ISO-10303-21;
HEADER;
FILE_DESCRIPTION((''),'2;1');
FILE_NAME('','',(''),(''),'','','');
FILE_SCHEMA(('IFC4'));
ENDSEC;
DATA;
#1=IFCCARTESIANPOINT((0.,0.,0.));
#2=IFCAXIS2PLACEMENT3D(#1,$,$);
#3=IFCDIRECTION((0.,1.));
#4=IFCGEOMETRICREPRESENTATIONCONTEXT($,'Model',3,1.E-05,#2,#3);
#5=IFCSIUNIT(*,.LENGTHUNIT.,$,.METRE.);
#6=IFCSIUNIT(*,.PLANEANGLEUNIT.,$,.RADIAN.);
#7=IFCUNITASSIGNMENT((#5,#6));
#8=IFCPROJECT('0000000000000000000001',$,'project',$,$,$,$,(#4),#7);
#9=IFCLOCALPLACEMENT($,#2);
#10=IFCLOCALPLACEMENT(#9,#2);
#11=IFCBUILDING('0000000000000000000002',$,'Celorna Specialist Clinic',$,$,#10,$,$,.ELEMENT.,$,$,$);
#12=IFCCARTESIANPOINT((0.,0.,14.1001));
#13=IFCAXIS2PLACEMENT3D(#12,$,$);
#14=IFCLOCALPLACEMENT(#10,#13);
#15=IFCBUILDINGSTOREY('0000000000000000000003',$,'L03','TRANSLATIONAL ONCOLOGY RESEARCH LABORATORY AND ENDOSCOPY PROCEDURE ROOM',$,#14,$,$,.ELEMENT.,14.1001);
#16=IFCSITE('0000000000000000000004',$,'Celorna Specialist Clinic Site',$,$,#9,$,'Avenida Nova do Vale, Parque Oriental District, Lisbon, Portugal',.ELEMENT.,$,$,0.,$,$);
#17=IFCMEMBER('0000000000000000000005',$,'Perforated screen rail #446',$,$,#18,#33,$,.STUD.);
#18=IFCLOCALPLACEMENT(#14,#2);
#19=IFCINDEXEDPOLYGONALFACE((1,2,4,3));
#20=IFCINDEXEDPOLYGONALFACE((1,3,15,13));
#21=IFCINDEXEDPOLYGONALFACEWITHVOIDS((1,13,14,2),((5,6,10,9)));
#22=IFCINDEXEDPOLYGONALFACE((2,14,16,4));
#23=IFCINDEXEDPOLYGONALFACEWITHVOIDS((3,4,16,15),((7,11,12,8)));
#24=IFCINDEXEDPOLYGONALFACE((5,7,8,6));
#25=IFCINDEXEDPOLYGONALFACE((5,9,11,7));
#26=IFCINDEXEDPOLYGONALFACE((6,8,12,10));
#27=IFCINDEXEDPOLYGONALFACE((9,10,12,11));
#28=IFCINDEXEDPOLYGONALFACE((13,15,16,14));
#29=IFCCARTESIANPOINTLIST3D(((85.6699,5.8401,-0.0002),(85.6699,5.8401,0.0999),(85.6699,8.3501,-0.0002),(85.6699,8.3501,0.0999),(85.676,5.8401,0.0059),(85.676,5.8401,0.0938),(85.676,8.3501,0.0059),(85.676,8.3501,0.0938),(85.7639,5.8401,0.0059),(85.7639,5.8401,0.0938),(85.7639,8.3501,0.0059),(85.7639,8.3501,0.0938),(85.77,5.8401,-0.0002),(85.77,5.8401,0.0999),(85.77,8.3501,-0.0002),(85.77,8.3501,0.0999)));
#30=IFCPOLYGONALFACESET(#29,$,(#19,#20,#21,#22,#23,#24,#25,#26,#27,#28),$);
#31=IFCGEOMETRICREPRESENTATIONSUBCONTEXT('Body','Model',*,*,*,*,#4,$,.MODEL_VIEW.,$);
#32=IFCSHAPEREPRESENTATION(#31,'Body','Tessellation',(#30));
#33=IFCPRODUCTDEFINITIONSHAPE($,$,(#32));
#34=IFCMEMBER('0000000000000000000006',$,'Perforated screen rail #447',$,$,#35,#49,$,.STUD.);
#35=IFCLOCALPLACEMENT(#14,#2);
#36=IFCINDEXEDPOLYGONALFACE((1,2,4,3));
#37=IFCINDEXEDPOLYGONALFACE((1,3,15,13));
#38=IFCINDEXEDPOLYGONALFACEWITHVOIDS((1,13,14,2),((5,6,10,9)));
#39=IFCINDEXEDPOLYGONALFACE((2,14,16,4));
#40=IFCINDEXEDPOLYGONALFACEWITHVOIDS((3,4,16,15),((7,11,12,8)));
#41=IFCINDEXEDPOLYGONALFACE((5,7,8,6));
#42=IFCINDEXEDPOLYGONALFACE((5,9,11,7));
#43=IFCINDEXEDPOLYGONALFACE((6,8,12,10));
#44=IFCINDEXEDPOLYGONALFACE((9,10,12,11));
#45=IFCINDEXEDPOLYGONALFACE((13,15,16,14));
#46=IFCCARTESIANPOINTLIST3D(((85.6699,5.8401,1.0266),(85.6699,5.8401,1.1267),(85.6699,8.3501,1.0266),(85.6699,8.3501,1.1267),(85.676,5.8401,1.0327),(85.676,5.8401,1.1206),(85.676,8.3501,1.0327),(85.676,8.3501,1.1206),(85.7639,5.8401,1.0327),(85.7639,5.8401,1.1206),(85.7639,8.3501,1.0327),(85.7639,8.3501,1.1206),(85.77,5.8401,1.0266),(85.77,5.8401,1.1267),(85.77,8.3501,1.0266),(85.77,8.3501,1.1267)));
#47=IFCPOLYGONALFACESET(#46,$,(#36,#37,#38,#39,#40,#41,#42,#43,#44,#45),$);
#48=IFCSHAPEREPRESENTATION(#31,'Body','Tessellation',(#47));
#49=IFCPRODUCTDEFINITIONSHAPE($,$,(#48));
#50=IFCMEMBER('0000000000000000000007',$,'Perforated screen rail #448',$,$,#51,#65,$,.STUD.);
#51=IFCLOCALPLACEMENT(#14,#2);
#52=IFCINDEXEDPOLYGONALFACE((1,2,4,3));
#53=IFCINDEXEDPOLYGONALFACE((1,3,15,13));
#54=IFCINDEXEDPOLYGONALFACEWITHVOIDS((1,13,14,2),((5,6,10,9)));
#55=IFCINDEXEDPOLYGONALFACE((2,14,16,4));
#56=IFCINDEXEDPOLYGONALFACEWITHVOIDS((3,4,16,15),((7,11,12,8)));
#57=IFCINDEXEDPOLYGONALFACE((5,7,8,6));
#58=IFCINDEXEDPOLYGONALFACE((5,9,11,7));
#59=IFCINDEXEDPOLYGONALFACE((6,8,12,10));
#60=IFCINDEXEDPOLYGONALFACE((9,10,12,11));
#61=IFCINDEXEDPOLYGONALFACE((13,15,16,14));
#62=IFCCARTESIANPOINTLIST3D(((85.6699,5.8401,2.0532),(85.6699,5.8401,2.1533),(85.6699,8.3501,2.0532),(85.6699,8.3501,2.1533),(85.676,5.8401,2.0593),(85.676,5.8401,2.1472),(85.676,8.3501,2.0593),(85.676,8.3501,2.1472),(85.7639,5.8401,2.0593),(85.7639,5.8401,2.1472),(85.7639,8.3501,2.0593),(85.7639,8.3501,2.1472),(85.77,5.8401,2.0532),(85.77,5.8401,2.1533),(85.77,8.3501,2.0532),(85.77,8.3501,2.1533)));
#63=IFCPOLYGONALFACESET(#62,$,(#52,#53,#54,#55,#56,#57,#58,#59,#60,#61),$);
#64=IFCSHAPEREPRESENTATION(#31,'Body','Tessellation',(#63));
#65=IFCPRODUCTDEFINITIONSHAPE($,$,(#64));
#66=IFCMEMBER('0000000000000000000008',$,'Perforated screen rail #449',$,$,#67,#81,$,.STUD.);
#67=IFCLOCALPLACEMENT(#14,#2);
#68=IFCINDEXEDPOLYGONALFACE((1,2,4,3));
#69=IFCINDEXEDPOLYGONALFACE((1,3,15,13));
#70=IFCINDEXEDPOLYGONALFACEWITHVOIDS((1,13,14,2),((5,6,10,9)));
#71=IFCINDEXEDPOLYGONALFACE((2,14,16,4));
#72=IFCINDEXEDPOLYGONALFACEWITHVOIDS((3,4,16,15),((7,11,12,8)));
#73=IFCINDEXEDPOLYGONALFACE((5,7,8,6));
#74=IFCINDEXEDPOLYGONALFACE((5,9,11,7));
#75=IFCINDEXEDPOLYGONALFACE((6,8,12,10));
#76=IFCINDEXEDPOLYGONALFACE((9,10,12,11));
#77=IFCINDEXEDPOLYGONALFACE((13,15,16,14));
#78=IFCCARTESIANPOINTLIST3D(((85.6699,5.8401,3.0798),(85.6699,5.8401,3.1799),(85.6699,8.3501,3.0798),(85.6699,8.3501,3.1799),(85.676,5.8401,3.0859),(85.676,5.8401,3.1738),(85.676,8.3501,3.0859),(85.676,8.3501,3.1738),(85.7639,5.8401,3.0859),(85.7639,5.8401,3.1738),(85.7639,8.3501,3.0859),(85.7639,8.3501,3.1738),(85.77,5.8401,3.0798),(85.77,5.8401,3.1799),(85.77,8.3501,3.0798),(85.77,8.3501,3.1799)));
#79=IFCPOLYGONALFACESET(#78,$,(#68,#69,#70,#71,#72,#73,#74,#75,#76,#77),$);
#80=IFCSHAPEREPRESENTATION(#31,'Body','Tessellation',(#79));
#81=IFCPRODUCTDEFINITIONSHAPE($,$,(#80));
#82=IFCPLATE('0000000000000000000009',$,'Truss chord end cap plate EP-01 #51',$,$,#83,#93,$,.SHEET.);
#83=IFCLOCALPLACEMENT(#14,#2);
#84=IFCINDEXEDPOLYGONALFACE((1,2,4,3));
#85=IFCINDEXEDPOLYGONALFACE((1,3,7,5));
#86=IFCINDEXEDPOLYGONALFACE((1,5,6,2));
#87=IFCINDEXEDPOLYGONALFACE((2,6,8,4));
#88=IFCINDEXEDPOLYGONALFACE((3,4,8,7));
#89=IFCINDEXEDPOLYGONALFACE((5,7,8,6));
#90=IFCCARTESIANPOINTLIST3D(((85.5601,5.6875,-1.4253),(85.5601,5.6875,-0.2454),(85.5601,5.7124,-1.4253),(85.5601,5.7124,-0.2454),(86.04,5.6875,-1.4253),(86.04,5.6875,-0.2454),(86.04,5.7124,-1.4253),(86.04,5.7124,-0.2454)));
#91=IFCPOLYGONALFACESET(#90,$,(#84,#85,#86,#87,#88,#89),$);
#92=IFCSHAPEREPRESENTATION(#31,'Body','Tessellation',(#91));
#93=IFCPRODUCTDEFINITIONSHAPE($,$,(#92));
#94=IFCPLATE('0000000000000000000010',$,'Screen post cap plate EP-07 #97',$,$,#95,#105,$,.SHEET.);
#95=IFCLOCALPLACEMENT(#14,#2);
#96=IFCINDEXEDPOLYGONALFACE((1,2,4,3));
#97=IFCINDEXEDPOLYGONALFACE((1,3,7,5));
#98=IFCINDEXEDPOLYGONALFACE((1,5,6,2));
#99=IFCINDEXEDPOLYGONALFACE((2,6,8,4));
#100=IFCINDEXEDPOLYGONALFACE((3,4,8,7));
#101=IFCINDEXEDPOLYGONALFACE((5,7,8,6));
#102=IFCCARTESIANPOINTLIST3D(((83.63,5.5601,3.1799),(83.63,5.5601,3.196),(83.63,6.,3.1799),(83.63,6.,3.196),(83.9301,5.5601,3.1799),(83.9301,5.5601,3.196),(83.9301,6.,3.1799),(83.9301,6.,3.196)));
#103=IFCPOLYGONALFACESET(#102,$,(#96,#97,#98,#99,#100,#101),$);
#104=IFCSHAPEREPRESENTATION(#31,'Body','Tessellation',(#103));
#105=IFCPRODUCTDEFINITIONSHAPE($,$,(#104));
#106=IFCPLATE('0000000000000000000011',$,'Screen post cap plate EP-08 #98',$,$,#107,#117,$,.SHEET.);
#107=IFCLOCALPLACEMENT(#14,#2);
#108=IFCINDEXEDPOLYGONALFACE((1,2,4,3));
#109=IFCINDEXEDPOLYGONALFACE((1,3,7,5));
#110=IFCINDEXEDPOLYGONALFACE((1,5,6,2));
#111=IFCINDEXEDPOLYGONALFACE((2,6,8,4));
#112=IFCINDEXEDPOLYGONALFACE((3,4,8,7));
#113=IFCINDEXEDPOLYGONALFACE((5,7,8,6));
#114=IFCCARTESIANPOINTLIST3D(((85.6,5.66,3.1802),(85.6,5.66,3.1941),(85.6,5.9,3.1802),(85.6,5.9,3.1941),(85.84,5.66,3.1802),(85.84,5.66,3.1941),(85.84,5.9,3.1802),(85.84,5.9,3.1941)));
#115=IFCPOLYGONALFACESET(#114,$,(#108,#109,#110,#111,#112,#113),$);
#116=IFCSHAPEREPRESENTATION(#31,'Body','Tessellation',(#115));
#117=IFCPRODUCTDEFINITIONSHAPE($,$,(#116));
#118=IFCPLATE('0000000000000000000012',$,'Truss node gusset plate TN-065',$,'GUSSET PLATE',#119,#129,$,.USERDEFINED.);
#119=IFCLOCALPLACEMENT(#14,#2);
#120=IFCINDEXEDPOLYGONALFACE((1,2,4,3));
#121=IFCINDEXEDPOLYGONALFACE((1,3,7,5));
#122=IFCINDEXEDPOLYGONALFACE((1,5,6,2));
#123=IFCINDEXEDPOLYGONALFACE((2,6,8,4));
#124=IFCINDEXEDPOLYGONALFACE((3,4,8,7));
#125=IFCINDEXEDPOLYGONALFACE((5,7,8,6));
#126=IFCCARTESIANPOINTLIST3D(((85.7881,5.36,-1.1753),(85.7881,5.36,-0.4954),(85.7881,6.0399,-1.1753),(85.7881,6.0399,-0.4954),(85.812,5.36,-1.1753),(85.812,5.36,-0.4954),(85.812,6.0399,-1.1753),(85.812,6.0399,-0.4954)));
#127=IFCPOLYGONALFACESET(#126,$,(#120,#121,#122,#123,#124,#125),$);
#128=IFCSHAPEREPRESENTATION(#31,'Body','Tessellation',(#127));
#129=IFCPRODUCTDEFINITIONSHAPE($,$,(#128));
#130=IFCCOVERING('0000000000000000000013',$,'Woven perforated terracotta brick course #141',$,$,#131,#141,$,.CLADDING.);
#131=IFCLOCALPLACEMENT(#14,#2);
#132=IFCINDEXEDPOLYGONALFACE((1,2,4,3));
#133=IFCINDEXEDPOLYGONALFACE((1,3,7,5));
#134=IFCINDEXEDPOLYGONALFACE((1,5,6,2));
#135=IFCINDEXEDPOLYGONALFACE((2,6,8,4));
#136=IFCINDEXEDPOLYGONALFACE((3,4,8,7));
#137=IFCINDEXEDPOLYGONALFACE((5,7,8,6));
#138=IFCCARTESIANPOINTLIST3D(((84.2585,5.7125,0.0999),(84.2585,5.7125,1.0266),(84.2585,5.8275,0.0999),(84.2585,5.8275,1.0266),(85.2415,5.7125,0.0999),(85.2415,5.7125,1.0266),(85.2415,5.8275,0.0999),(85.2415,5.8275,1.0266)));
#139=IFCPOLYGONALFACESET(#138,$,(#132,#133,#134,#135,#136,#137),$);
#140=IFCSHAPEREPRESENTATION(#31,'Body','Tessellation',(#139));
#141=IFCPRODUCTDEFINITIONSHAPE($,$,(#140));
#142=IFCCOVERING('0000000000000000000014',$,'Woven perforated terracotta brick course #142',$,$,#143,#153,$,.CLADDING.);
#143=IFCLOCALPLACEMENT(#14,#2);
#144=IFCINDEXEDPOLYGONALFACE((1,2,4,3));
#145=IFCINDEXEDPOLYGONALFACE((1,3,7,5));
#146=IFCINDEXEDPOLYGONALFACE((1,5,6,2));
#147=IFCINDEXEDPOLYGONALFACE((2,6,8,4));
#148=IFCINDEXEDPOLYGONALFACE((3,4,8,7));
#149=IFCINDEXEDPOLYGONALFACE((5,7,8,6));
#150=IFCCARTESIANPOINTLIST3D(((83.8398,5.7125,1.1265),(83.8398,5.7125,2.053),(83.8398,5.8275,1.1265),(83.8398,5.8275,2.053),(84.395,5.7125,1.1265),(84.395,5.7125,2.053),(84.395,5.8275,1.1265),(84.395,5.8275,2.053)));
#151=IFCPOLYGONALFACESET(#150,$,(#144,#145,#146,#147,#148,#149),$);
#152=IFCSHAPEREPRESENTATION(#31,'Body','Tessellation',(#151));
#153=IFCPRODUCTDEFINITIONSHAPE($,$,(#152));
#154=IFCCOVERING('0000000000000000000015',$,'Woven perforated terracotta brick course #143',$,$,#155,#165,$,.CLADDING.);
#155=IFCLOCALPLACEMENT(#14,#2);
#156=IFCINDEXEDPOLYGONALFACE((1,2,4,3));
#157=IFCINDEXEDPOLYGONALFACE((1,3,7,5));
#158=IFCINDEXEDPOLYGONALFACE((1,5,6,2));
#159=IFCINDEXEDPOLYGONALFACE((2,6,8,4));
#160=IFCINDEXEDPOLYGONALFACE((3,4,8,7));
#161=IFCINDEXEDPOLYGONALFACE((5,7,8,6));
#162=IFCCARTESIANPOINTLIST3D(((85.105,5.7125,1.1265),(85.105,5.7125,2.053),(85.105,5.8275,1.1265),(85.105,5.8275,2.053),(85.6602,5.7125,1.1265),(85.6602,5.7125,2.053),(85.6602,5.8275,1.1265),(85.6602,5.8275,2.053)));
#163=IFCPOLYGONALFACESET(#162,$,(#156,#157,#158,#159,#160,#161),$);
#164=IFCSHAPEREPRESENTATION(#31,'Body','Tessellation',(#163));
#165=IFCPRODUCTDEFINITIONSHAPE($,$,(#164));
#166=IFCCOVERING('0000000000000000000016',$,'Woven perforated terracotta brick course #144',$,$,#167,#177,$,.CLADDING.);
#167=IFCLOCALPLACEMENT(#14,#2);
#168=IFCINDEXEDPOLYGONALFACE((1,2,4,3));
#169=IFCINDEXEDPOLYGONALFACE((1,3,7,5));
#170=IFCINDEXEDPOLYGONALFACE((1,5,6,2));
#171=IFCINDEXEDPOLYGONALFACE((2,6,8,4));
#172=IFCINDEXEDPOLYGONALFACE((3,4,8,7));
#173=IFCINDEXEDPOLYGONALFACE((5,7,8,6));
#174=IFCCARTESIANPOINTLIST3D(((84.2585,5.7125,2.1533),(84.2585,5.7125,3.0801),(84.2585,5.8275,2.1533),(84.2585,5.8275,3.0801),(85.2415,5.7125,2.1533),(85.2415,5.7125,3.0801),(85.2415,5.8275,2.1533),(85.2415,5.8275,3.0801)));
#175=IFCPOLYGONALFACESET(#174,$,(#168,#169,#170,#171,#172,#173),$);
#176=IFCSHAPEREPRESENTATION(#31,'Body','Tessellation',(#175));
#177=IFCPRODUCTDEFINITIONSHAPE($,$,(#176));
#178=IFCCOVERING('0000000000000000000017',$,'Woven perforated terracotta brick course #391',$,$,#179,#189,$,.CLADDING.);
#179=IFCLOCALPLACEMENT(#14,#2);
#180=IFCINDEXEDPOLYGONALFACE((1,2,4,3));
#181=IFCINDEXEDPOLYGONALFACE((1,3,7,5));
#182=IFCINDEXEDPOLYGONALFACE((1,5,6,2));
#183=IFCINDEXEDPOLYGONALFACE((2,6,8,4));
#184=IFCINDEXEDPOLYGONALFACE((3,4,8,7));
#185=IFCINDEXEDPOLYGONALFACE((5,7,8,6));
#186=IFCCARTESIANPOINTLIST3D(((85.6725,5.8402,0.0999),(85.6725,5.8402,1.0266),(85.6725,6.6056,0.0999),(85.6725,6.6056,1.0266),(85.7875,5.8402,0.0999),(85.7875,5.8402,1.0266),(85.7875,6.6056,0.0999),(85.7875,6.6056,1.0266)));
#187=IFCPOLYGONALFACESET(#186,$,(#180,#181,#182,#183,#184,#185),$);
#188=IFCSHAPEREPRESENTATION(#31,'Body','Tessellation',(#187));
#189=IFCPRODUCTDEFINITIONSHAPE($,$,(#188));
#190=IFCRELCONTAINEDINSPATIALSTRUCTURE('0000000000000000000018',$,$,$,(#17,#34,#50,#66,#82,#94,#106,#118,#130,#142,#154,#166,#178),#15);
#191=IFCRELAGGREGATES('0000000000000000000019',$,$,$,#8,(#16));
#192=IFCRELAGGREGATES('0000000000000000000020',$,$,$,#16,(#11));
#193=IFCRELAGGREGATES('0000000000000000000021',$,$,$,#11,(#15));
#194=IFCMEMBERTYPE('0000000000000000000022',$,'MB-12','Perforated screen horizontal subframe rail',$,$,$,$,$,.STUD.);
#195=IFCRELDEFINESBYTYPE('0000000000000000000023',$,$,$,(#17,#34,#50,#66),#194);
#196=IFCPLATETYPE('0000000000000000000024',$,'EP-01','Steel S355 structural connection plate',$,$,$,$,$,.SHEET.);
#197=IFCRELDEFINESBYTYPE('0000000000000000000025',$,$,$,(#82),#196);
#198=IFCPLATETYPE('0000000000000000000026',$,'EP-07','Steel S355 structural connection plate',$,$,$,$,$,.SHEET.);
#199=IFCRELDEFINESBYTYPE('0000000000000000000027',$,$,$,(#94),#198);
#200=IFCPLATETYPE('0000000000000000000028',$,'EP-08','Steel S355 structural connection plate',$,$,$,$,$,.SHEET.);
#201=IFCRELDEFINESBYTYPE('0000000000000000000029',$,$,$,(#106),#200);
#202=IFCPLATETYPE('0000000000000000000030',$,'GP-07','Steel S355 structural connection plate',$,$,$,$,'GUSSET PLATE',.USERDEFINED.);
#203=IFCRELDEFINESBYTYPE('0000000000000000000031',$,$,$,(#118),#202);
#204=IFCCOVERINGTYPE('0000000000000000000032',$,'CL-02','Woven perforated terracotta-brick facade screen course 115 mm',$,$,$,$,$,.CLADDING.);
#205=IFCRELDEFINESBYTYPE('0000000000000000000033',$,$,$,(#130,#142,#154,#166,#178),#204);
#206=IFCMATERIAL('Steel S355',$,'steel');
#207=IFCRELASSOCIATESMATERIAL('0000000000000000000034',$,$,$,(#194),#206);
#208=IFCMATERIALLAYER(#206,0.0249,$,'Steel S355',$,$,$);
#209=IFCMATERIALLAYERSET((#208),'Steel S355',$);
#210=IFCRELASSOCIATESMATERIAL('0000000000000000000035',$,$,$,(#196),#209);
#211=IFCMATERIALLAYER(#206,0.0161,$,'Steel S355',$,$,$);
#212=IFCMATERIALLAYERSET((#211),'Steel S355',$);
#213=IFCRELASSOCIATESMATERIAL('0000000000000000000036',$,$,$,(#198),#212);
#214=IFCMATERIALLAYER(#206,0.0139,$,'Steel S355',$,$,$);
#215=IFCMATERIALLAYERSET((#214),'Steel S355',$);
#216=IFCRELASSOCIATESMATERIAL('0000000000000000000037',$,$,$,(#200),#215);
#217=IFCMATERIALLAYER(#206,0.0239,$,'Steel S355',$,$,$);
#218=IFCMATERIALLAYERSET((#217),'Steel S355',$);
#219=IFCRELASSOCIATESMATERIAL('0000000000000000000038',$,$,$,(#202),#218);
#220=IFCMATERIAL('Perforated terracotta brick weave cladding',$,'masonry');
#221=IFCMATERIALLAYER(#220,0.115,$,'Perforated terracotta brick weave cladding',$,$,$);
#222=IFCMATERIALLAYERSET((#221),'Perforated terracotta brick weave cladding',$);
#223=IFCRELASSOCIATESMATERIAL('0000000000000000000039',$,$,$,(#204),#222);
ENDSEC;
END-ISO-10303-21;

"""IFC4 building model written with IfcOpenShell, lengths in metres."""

from ifc_helpers import new_model, si_unit, direction, frame, origin, origin_2d, place, context, subcontext, project, spatial, rectangle, hollow_rectangle, extrude, material, layer, layer_set, material_profile, profile_set, type_object, element, save


model = new_model("IFC4")

# Units and contexts
model_context = context("Model", 3, precision=1e-05, world=origin(), true_north=direction((0.0, 1.0)))
body_context = subcontext(model_context, "Body", "Model", "MODEL_VIEW")
ifc_project = project(units=[si_unit("LENGTHUNIT", "METRE"), si_unit("PLANEANGLEUNIT", "RADIAN")], contexts=[model_context])

# Site, building, storey
site_placement = place(None, origin())
site = spatial("IfcSite", under=ifc_project, at=site_placement, Name="Celorna Specialist Clinic Site", LongName="Avenida Nova do Vale, Parque Oriental District, Lisbon, Portugal", CompositionType="ELEMENT", RefElevation=0.0)
building_placement = place(site_placement, origin())
building = spatial("IfcBuilding", under=site, at=building_placement, Name="Celorna Specialist Clinic", CompositionType="ELEMENT")
storey_placement = place(building_placement, frame((0.0, 0.0, 14.1001)))
storey = spatial("IfcBuildingStorey", under=building, at=storey_placement, Name="L03", Description="TRANSLATIONAL ONCOLOGY RESEARCH LABORATORY AND ENDOSCOPY PROCEDURE ROOM", CompositionType="ELEMENT", Elevation=14.1001)

# Shared definitions
ifc_material_1 = material(Name="Steel S355", Category="steel")

# Members
ifc_material_profile_1 = material_profile(ifc_material_1, hollow_rectangle(XDim=0.1001, YDim=0.1001, WallThickness=0.0061, at=origin_2d()), Name="SHS 100x100x6")
ifc_profile_set_1 = profile_set([ifc_material_profile_1], Name="Steel S355")
member_type_1 = type_object("IfcMemberType", Name="MB-12", Description="Perforated screen horizontal subframe rail", PredefinedType="STUD", material=ifc_profile_set_1)
for number, where, z_axis, x_axis, name in (
    (1, (85.72, 5.8401, 0.0498), (0.0, 1.0, 0.0), (-1.0, 0.0, 0.0), "Perforated screen rail #446"),
    (2, (85.72, 5.8401, 1.0767), (0.0, 1.0, 0.0), (-1.0, 0.0, 0.0), "Perforated screen rail #447"),
    (3, (85.72, 5.8401, 2.1033), (0.0, 1.0, 0.0), (-1.0, 0.0, 0.0), "Perforated screen rail #448"),
    (4, (85.72, 5.8401, 3.1299), (0.0, 1.0, 0.0), (-1.0, 0.0, 0.0), "Perforated screen rail #449"),
):
    element("IfcMember", number, at=place(storey_placement, frame(where, z_axis=z_axis, x_axis=x_axis)), inside=storey, type_object=member_type_1, Name=name, PredefinedType="STUD", context=body_context, shape_type="SweptSolid", body=[
        extrude(hollow_rectangle(XDim=0.1001, YDim=0.1001, WallThickness=0.0061, at=origin_2d()), origin(), (0.0, 0.0, 1.0), 2.51),
    ])

# Plates
ifc_layer_1 = layer(ifc_material_1, 0.0249, Name="Steel S355")
ifc_layer_set_1 = layer_set([ifc_layer_1], Name="Steel S355")
plate_type_1 = type_object("IfcPlateType", Name="EP-01", Description="Steel S355 structural connection plate", PredefinedType="SHEET", material=ifc_layer_set_1)
plate_1_placement = place(storey_placement, frame((85.8, 5.7, -1.4253), z_axis=(0.0, 0.0, 1.0), x_axis=(1.0, 0.0, 0.0)))
element("IfcPlate", 5, at=plate_1_placement, inside=storey, type_object=plate_type_1, Name="Truss chord end cap plate EP-01 #51", PredefinedType="SHEET", context=body_context, shape_type="SweptSolid", body=[
    extrude(rectangle(XDim=0.48, YDim=0.0249, at=origin_2d()), origin(), (0.0, 0.0, 1.0), 1.1799),
])
ifc_layer_2 = layer(ifc_material_1, 0.0161, Name="Steel S355")
ifc_layer_set_2 = layer_set([ifc_layer_2], Name="Steel S355")
plate_type_2 = type_object("IfcPlateType", Name="EP-07", Description="Steel S355 structural connection plate", PredefinedType="SHEET", material=ifc_layer_set_2)
plate_2_placement = place(storey_placement, frame((83.78, 5.78, 3.1799), z_axis=(0.0, 0.0, 1.0), x_axis=(1.0, 0.0, 0.0)))
element("IfcPlate", 6, at=plate_2_placement, inside=storey, type_object=plate_type_2, Name="Screen post cap plate EP-07 #97", PredefinedType="SHEET", context=body_context, shape_type="SweptSolid", body=[
    extrude(rectangle(XDim=0.3, YDim=0.4399, at=origin_2d()), origin(), (0.0, 0.0, 1.0), 0.0161),
])
ifc_layer_3 = layer(ifc_material_1, 0.0139, Name="Steel S355")
ifc_layer_set_3 = layer_set([ifc_layer_3], Name="Steel S355")
plate_type_3 = type_object("IfcPlateType", Name="EP-08", Description="Steel S355 structural connection plate", PredefinedType="SHEET", material=ifc_layer_set_3)
plate_3_placement = place(storey_placement, frame((85.72, 5.78, 3.1802), z_axis=(0.0, 0.0, 1.0), x_axis=(1.0, 0.0, 0.0)))
element("IfcPlate", 7, at=plate_3_placement, inside=storey, type_object=plate_type_3, Name="Screen post cap plate EP-08 #98", PredefinedType="SHEET", context=body_context, shape_type="SweptSolid", body=[
    extrude(rectangle(XDim=0.24, YDim=0.24, at=origin_2d()), origin(), (0.0, 0.0, 1.0), 0.0139),
])
ifc_layer_4 = layer(ifc_material_1, 0.0239, Name="Steel S355")
ifc_layer_set_4 = layer_set([ifc_layer_4], Name="Steel S355")
plate_type_4 = type_object("IfcPlateType", Name="GP-07", Description="Steel S355 structural connection plate", ElementType="GUSSET PLATE", PredefinedType="USERDEFINED", material=ifc_layer_set_4)
plate_4_placement = place(storey_placement, frame((85.8, 5.7, -1.1753), z_axis=(0.0, 0.0, 1.0), x_axis=(0.0, 1.0, 0.0)))
element("IfcPlate", 8, at=plate_4_placement, inside=storey, type_object=plate_type_4, Name="Truss node gusset plate TN-065", ObjectType="GUSSET PLATE", PredefinedType="USERDEFINED", context=body_context, shape_type="SweptSolid", body=[
    extrude(rectangle(XDim=0.6799, YDim=0.0239, at=origin_2d()), origin(), (0.0, 0.0, 1.0), 0.6799),
])

# Coverings
ifc_material_2 = material(Name="Perforated terracotta brick weave cladding", Category="masonry")
ifc_layer_5 = layer(ifc_material_2, 0.115, Name="Perforated terracotta brick weave cladding")
ifc_layer_set_5 = layer_set([ifc_layer_5], Name="Perforated terracotta brick weave cladding")
covering_type = type_object("IfcCoveringType", Name="CL-02", Description="Woven perforated terracotta-brick facade screen course 115 mm", PredefinedType="CLADDING", material=ifc_layer_set_5)
covering_1_placement = place(storey_placement, frame((84.75, 5.77, 0.0999), z_axis=(0.0, 0.0, 1.0), x_axis=(1.0, 0.0, 0.0)))
element("IfcCovering", 9, at=covering_1_placement, inside=storey, type_object=covering_type, Name="Woven perforated terracotta brick course #141", PredefinedType="CLADDING", context=body_context, shape_type="SweptSolid", body=[
    extrude(rectangle(XDim=0.9829, YDim=0.115, at=origin_2d()), origin(), (0.0, 0.0, 1.0), 0.9268),
])
for number, where, z_axis, x_axis, name in (
    (10, (84.1174, 5.77, 1.1265), (0.0, 0.0, 1.0), (1.0, 0.0, 0.0), "Woven perforated terracotta brick course #142"),
    (11, (85.3826, 5.77, 1.1265), (0.0, 0.0, 1.0), (1.0, 0.0, 0.0), "Woven perforated terracotta brick course #143"),
):
    element("IfcCovering", number, at=place(storey_placement, frame(where, z_axis=z_axis, x_axis=x_axis)), inside=storey, type_object=covering_type, Name=name, PredefinedType="CLADDING", context=body_context, shape_type="SweptSolid", body=[
        extrude(rectangle(XDim=0.5552, YDim=0.115, at=origin_2d()), origin(), (0.0, 0.0, 1.0), 0.9265),
    ])
covering_2_placement = place(storey_placement, frame((84.75, 5.77, 2.1533), z_axis=(0.0, 0.0, 1.0), x_axis=(1.0, 0.0, 0.0)))
element("IfcCovering", 12, at=covering_2_placement, inside=storey, type_object=covering_type, Name="Woven perforated terracotta brick course #144", PredefinedType="CLADDING", context=body_context, shape_type="SweptSolid", body=[
    extrude(rectangle(XDim=0.9829, YDim=0.115, at=origin_2d()), origin(), (0.0, 0.0, 1.0), 0.9268),
])
covering_3_placement = place(storey_placement, frame((85.73, 6.2229, 0.0999), z_axis=(0.0, 0.0, 1.0), x_axis=(0.0, 1.0, 0.0)))
element("IfcCovering", 13, at=covering_3_placement, inside=storey, type_object=covering_type, Name="Woven perforated terracotta brick course #391", PredefinedType="CLADDING", context=body_context, shape_type="SweptSolid", body=[
    extrude(rectangle(XDim=0.7654, YDim=0.115, at=origin_2d()), origin(), (0.0, 0.0, 1.0), 0.9268),
])

save(model, "model.ifc")
